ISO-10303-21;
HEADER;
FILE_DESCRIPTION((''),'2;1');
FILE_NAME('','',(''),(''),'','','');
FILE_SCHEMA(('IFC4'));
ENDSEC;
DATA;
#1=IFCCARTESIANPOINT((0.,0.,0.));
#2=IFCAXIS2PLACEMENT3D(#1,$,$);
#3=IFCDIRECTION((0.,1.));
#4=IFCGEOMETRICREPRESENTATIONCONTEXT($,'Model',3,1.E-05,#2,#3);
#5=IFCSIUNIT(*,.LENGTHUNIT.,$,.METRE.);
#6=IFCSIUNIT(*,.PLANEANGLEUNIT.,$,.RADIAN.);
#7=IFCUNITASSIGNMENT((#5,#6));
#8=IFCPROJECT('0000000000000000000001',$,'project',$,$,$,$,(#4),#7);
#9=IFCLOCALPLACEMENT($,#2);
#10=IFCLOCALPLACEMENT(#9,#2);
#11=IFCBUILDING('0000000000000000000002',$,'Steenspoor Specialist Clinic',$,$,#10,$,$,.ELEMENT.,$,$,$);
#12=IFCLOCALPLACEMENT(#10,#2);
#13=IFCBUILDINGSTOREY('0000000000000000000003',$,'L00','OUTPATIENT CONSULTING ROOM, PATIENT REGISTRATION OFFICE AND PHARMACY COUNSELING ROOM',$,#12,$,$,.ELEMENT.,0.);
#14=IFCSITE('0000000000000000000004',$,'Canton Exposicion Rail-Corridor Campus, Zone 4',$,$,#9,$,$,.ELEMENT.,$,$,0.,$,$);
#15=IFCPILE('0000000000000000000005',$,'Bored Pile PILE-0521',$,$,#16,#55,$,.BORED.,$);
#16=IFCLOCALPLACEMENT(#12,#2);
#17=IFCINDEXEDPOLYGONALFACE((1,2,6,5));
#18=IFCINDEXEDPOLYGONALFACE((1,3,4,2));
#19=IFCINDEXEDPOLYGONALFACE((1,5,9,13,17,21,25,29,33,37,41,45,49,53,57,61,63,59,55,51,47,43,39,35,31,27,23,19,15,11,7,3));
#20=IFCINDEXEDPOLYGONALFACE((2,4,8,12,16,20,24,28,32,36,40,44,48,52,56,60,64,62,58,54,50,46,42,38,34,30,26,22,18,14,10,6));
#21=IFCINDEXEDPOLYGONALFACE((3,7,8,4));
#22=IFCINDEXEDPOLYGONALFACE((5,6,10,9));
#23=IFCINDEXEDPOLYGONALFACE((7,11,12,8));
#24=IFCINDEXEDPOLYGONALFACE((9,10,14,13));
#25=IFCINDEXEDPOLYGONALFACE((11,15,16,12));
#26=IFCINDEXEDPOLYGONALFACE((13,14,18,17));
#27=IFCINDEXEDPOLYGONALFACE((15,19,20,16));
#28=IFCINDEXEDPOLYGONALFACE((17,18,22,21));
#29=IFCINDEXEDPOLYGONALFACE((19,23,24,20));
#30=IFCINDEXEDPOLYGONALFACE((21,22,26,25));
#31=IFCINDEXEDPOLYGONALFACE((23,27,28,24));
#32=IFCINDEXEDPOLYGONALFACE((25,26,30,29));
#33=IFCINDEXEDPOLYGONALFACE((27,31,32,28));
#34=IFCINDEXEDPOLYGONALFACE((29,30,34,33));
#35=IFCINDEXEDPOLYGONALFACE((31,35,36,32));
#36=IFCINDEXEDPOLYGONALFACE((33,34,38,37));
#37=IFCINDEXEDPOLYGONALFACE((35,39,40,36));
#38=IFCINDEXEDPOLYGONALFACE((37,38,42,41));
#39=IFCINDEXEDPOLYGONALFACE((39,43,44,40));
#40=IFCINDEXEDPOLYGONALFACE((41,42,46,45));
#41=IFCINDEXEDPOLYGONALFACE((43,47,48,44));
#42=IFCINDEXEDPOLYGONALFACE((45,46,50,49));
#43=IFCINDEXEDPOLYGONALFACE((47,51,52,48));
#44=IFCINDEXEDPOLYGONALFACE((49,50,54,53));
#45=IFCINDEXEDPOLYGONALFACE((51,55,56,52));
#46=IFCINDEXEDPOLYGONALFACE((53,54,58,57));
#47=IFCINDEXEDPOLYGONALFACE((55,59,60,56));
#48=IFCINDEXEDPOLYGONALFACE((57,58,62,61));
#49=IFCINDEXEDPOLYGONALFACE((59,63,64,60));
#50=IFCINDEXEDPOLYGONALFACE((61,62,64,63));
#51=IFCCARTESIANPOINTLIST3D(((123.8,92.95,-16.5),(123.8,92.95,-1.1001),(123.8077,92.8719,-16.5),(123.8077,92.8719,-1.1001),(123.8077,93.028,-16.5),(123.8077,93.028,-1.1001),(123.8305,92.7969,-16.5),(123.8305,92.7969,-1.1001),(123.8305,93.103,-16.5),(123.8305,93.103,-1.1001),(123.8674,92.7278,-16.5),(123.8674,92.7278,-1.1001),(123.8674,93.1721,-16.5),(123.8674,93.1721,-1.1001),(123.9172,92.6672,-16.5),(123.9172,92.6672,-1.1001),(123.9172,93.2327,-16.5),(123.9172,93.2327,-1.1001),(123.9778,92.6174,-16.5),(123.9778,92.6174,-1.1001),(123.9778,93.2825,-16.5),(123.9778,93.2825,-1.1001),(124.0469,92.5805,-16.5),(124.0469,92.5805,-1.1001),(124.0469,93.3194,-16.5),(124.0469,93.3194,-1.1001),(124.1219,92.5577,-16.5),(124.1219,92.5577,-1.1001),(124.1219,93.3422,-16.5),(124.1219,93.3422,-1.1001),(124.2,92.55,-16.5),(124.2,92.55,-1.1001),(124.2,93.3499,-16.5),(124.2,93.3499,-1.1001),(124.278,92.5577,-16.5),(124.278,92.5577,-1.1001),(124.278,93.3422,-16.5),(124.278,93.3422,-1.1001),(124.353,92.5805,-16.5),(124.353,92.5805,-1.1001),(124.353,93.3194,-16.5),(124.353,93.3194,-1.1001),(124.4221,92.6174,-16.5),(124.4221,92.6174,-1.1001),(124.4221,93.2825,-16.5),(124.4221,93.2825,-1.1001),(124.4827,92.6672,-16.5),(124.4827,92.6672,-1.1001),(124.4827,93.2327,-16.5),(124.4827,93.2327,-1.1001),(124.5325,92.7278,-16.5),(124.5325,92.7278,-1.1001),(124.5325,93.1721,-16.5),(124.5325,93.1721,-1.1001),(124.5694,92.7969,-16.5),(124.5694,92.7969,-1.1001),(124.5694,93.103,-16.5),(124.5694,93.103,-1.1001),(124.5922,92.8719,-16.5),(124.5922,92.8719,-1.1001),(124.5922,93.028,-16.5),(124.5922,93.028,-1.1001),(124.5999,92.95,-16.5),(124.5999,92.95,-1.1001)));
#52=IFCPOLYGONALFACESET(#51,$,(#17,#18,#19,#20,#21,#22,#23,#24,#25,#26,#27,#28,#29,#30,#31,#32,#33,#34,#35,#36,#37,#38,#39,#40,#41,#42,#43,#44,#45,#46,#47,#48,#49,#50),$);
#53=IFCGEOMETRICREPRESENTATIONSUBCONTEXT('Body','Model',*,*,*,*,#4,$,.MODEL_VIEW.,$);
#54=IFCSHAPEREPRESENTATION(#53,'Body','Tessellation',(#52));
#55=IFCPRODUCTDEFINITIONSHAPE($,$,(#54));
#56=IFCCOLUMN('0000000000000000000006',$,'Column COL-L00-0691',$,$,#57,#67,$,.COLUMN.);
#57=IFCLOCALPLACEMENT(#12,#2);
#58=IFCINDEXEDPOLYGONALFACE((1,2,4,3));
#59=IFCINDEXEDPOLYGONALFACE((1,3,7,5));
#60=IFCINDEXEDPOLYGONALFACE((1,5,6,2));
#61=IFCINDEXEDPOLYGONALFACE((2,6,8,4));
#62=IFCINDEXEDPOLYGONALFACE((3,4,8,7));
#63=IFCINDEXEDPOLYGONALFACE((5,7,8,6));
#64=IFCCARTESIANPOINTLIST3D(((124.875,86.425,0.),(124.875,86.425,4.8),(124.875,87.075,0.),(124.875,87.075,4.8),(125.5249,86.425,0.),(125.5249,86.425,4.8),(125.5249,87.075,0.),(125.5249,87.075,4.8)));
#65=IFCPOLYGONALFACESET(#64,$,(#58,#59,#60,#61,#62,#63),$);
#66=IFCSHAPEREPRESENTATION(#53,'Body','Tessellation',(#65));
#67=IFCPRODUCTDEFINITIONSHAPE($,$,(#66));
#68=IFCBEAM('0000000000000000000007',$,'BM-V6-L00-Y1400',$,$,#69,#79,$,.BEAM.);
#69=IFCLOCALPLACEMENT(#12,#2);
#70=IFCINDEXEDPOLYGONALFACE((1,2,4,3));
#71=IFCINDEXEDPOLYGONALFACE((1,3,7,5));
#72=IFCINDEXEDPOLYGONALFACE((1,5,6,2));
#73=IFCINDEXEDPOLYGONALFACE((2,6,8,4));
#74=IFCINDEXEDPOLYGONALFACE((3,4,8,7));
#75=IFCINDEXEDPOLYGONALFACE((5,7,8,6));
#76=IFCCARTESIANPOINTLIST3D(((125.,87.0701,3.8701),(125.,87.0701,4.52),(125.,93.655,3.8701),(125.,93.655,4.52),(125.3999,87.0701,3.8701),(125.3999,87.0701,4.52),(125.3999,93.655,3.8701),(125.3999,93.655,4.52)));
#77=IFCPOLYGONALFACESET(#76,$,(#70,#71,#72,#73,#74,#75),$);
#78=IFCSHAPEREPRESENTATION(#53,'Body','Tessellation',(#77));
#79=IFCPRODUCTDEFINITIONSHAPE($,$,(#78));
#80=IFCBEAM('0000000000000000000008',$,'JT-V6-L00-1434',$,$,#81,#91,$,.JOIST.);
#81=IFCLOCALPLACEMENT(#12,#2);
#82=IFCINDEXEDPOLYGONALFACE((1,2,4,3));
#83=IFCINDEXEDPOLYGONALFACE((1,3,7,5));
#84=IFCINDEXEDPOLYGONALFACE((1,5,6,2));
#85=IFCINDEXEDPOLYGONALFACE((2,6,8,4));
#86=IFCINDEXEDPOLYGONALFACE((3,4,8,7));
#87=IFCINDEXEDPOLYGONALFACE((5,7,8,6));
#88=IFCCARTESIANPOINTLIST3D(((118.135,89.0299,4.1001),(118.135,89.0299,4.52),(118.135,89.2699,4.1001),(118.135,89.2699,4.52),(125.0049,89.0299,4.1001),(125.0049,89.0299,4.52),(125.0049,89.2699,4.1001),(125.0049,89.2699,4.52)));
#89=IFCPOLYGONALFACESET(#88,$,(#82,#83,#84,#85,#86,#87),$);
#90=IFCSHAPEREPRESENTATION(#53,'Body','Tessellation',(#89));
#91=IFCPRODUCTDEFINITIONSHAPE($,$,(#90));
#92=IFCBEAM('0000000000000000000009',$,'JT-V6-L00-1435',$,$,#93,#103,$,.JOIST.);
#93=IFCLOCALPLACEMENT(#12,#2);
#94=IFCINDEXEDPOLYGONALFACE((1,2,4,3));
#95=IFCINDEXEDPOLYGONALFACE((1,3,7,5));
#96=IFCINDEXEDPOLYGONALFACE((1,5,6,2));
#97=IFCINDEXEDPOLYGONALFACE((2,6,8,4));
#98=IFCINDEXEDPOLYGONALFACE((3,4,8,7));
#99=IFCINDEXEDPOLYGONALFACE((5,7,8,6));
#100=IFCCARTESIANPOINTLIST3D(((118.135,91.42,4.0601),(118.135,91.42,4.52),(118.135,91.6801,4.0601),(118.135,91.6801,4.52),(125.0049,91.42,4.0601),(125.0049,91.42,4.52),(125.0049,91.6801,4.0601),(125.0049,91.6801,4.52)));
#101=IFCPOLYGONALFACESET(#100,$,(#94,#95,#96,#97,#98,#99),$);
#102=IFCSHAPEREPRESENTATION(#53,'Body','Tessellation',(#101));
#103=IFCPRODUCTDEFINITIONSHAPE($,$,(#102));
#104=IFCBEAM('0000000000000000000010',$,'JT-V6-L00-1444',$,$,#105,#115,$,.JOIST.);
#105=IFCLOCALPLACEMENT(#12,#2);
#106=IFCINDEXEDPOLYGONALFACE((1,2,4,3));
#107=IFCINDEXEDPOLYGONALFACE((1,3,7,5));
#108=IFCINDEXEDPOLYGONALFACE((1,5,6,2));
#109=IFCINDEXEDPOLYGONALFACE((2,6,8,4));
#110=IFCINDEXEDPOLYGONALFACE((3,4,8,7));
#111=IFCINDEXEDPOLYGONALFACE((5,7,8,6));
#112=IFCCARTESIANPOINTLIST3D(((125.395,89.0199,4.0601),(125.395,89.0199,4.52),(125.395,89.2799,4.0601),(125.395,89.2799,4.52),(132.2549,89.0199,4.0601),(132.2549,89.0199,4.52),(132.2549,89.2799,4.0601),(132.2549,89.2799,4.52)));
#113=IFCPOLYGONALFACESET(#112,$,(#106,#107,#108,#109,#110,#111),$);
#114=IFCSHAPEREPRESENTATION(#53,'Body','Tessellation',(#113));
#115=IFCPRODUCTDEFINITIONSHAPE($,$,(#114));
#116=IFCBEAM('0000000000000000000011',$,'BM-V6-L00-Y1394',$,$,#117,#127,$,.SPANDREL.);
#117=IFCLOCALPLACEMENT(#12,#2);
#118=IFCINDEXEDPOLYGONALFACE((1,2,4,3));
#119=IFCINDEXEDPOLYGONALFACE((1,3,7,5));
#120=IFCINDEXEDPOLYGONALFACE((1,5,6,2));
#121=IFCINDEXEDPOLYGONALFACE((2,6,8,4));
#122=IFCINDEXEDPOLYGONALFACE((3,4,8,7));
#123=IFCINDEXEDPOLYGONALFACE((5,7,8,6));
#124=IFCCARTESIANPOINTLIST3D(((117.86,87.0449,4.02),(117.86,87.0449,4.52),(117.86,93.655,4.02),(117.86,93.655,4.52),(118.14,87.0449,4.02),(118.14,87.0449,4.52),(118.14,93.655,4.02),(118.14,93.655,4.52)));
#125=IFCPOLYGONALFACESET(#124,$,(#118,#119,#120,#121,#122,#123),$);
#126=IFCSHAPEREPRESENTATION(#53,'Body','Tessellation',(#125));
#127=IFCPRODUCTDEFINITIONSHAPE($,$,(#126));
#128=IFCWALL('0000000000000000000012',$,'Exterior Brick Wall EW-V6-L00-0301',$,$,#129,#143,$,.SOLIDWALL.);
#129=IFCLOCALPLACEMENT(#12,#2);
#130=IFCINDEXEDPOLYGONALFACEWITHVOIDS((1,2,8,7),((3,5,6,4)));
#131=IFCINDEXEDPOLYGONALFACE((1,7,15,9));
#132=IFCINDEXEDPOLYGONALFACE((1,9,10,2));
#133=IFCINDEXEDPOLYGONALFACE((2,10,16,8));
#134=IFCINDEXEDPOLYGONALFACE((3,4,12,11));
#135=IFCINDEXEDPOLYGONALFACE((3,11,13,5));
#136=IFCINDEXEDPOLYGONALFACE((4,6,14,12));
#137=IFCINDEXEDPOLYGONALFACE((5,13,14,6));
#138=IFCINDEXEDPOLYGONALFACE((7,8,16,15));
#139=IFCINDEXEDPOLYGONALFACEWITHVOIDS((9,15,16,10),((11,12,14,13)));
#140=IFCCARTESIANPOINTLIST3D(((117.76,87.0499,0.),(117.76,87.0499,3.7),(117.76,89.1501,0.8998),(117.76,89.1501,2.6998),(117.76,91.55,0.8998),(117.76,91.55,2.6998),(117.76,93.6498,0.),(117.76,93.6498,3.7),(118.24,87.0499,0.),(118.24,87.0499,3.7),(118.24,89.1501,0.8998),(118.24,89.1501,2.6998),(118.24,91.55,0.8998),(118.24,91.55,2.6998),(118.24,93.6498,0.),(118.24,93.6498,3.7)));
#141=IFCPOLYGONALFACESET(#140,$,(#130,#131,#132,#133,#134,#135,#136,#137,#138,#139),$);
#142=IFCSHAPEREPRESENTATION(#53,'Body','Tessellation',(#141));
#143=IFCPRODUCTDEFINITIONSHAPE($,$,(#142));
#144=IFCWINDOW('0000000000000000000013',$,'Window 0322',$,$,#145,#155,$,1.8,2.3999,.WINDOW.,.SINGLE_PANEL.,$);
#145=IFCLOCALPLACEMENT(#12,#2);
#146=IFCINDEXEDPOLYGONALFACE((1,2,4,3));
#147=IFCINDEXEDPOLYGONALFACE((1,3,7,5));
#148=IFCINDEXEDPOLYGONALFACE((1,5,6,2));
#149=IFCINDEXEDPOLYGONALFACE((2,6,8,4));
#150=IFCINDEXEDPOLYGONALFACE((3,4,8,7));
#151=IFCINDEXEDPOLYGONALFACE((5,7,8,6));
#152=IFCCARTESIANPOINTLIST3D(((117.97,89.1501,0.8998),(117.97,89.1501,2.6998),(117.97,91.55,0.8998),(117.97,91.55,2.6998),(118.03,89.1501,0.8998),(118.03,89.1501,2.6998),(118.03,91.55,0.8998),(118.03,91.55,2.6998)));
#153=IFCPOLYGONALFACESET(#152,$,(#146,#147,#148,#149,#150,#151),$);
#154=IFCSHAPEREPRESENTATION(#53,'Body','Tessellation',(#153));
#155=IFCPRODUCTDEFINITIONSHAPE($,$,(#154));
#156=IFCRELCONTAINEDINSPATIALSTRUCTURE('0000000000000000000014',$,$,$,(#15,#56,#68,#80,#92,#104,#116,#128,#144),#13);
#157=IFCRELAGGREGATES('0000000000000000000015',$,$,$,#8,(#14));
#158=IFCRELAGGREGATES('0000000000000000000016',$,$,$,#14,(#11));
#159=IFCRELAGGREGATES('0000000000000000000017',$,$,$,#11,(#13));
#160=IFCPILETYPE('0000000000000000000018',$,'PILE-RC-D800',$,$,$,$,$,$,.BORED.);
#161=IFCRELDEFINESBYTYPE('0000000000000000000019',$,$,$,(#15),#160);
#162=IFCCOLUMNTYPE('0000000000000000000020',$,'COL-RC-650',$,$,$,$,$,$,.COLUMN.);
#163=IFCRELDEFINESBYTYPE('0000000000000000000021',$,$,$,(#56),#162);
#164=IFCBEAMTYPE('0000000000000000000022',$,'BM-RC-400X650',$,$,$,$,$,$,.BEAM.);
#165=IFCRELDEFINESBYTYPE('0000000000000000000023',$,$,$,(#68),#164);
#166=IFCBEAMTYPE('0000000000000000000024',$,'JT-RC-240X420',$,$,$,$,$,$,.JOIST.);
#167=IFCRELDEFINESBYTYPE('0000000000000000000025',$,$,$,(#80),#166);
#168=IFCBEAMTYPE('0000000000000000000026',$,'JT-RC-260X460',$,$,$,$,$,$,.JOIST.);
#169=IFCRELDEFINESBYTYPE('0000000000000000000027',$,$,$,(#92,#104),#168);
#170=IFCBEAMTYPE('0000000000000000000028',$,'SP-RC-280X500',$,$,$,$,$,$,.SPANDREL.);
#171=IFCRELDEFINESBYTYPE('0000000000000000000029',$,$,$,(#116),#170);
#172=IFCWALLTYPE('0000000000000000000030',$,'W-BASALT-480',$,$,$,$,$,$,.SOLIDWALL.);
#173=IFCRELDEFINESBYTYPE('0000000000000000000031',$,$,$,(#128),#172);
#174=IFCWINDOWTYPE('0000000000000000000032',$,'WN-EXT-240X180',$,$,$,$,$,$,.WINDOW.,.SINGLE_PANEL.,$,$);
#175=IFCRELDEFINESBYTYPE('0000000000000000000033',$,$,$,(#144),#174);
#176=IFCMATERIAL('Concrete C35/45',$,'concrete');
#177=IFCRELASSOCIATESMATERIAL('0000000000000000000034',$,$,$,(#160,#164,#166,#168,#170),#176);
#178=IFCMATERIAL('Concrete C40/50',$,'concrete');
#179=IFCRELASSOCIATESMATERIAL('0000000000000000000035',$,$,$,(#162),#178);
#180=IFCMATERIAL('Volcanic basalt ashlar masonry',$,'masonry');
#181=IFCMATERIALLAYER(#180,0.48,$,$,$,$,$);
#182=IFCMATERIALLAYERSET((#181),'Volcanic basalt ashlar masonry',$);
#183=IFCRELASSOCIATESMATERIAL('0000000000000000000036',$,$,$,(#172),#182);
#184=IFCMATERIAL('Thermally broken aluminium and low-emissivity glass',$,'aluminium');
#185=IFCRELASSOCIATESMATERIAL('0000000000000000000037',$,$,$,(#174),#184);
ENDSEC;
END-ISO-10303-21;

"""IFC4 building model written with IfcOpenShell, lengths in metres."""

from ifc_helpers import new_model, si_unit, direction, frame, frame_2d, origin, origin_2d, place, context, subcontext, project, spatial, rectangle, circle, extrude, material, layer, layer_set, material_profile, profile_set, type_object, element, fill, save


model = new_model("IFC4")

# Units and contexts
model_context = context("Model", 3, precision=1e-05, world=origin(), true_north=direction((0.0, 1.0)))
body_context = subcontext(model_context, "Body", "Model", "MODEL_VIEW")
ifc_project = project(units=[si_unit("LENGTHUNIT", "METRE"), si_unit("PLANEANGLEUNIT", "RADIAN")], contexts=[model_context])

# Site, building, storey
site_placement = place(None, origin())
site = spatial("IfcSite", under=ifc_project, at=site_placement, Name="Canton Exposicion Rail-Corridor Campus, Zone 4", CompositionType="ELEMENT", RefElevation=0.0)
building_placement = place(site_placement, origin())
building = spatial("IfcBuilding", under=site, at=building_placement, Name="Steenspoor Specialist Clinic", CompositionType="ELEMENT")
storey_placement = place(building_placement, origin())
storey = spatial("IfcBuildingStorey", under=building, at=storey_placement, Name="L00", Description="OUTPATIENT CONSULTING ROOM, PATIENT REGISTRATION OFFICE AND PHARMACY COUNSELING ROOM", CompositionType="ELEMENT", Elevation=0.0)

# Shared definitions
ifc_material_1 = material(Name="Concrete C35/45", Category="concrete")

# Pile
ifc_material_profile_1 = material_profile(ifc_material_1, circle(Radius=0.3999, at=origin_2d()), Name="PILE-D800")
ifc_profile_set_1 = profile_set([ifc_material_profile_1], Name="Concrete C35/45")
pile_type_1 = type_object("IfcPileType", Name="PILE-RC-D800", PredefinedType="BORED", material=ifc_profile_set_1)
pile_1_placement = place(storey_placement, frame((124.2, 92.95, -1.1001), z_axis=(0.0, 0.0, -1.0), x_axis=(1.0, 0.0, 0.0)))
element("IfcPile", 1, at=pile_1_placement, inside=storey, type_object=pile_type_1, Name="Bored Pile PILE-0521", PredefinedType="BORED", context=body_context, shape_type="SweptSolid", body=[
    extrude(circle(Radius=0.3999, at=origin_2d()), origin(), (0.0, 0.0, 1.0), 15.3999),
])

# Column
ifc_material_2 = material(Name="Concrete C40/50", Category="concrete")
ifc_material_profile_2 = material_profile(ifc_material_2, rectangle(XDim=0.6499, YDim=0.6499, at=origin_2d()), Name="RC-COL-650X650")
ifc_profile_set_2 = profile_set([ifc_material_profile_2], Name="Concrete C40/50")
column_type = type_object("IfcColumnType", Name="COL-RC-650", PredefinedType="COLUMN", material=ifc_profile_set_2)
column_placement = place(storey_placement, frame((125.2, 86.75, 0.0), z_axis=(0.0, 0.0, 1.0), x_axis=(1.0, 0.0, 0.0)))
element("IfcColumn", 2, at=column_placement, inside=storey, type_object=column_type, Name="Column COL-L00-0691", PredefinedType="COLUMN", context=body_context, shape_type="SweptSolid", body=[
    extrude(rectangle(XDim=0.6499, YDim=0.6499, at=origin_2d()), origin(), (0.0, 0.0, 1.0), 4.8),
])

# Beams
ifc_material_profile_3 = material_profile(ifc_material_1, rectangle(XDim=0.3999, YDim=0.6499, at=origin_2d()), Name="RC-BM-400X650")
ifc_profile_set_3 = profile_set([ifc_material_profile_3], Name="Concrete C35/45")
beam_type_1 = type_object("IfcBeamType", Name="BM-RC-400X650", PredefinedType="BEAM", material=ifc_profile_set_3)
beam_1_placement = place(storey_placement, frame((125.2, 87.0701, 4.1951), z_axis=(0.0, 1.0, 0.0), x_axis=(-1.0, 0.0, 0.0)))
element("IfcBeam", 3, at=beam_1_placement, inside=storey, type_object=beam_type_1, Name="BM-V6-L00-Y1400", PredefinedType="BEAM", context=body_context, shape_type="SweptSolid", body=[
    extrude(rectangle(XDim=0.3999, YDim=0.6499, at=origin_2d()), origin(), (0.0, 0.0, 1.0), 6.585),
])
ifc_material_profile_4 = material_profile(ifc_material_1, rectangle(XDim=0.24, YDim=0.4199, at=origin_2d()), Name="RC-JT-240X420")
ifc_profile_set_4 = profile_set([ifc_material_profile_4], Name="Concrete C35/45")
beam_type_2 = type_object("IfcBeamType", Name="JT-RC-240X420", PredefinedType="JOIST", material=ifc_profile_set_4)
beam_2_placement = place(storey_placement, frame((118.135, 89.1499, 4.3101), z_axis=(1.0, 0.0, 0.0), x_axis=(0.0, 1.0, 0.0)))
element("IfcBeam", 4, at=beam_2_placement, inside=storey, type_object=beam_type_2, Name="JT-V6-L00-1434", PredefinedType="JOIST", context=body_context, shape_type="SweptSolid", body=[
    extrude(rectangle(XDim=0.24, YDim=0.4199, at=origin_2d()), origin(), (0.0, 0.0, 1.0), 6.8699),
])
ifc_material_profile_5 = material_profile(ifc_material_1, rectangle(XDim=0.26, YDim=0.46, at=origin_2d()), Name="RC-JT-260X460")
ifc_profile_set_5 = profile_set([ifc_material_profile_5], Name="Concrete C35/45")
beam_type_3 = type_object("IfcBeamType", Name="JT-RC-260X460", PredefinedType="JOIST", material=ifc_profile_set_5)
beam_3_placement = place(storey_placement, frame((118.135, 91.55, 4.29), z_axis=(1.0, 0.0, 0.0), x_axis=(0.0, 1.0, 0.0)))
element("IfcBeam", 5, at=beam_3_placement, inside=storey, type_object=beam_type_3, Name="JT-V6-L00-1435", PredefinedType="JOIST", context=body_context, shape_type="SweptSolid", body=[
    extrude(rectangle(XDim=0.26, YDim=0.46, at=origin_2d()), origin(), (0.0, 0.0, 1.0), 6.8699),
])
beam_4_placement = place(storey_placement, frame((125.395, 89.1499, 4.29), z_axis=(1.0, 0.0, 0.0), x_axis=(0.0, 1.0, 0.0)))
element("IfcBeam", 6, at=beam_4_placement, inside=storey, type_object=beam_type_3, Name="JT-V6-L00-1444", PredefinedType="JOIST", context=body_context, shape_type="SweptSolid", body=[
    extrude(rectangle(XDim=0.26, YDim=0.46, at=origin_2d()), origin(), (0.0, 0.0, 1.0), 6.8599),
])
ifc_material_profile_6 = material_profile(ifc_material_1, rectangle(XDim=0.28, YDim=0.5, at=origin_2d()), Name="RC-SP-280X500")
ifc_profile_set_6 = profile_set([ifc_material_profile_6], Name="Concrete C35/45")
beam_type_4 = type_object("IfcBeamType", Name="SP-RC-280X500", PredefinedType="SPANDREL", material=ifc_profile_set_6)
beam_5_placement = place(storey_placement, frame((118.0, 87.0449, 4.27), z_axis=(0.0, 1.0, 0.0), x_axis=(-1.0, 0.0, 0.0)))
element("IfcBeam", 7, at=beam_5_placement, inside=storey, type_object=beam_type_4, Name="BM-V6-L00-Y1394", PredefinedType="SPANDREL", context=body_context, shape_type="SweptSolid", body=[
    extrude(rectangle(XDim=0.28, YDim=0.5, at=origin_2d()), origin(), (0.0, 0.0, 1.0), 6.6101),
])

# Wall, opening, window
ifc_material_3 = material(Name="Volcanic basalt ashlar masonry", Category="masonry")
ifc_layer_1 = layer(ifc_material_3, 0.48)
ifc_layer_set_1 = layer_set([ifc_layer_1], Name="Volcanic basalt ashlar masonry")
wall_type_1 = type_object("IfcWallType", Name="W-BASALT-480", PredefinedType="SOLIDWALL", material=ifc_layer_set_1)
wall_1_placement = place(storey_placement, frame((118.0, 87.05, 0.0), z_axis=(0.0, 0.0, 1.0), x_axis=(0.0, 1.0, 0.0)))
wall_1 = element("IfcWall", 8, at=wall_1_placement, inside=storey, type_object=wall_type_1, Name="Exterior Brick Wall EW-V6-L00-0301", PredefinedType="SOLIDWALL", context=body_context, shape_type="SweptSolid", body=[
    extrude(rectangle(XDim=6.5999, YDim=0.48, at=frame_2d((3.2998, 0.0))), origin(), (0.0, 0.0, 1.0), 3.7),
])
opening_1_placement = place(wall_1_placement, frame((2.1001, 0.0, 0.8999)))
opening_1 = element("IfcOpeningElement", 9, at=opening_1_placement, cuts=wall_1, PredefinedType="OPENING", context=body_context, shape_type="SweptSolid", body=[
    extrude(rectangle(XDim=2.3999, YDim=1.8, at=frame_2d((1.2, 0.8999))), frame((0.0, 0.25, 0.0), z_axis=(0.0, -1.0, 0.0), x_axis=(1.0, 0.0, 0.0)), (0.0, 0.0, 1.0), 0.5),
])
ifc_material_4 = material(Name="Thermally broken aluminium and low-emissivity glass", Category="aluminium")
window_type_1 = type_object("IfcWindowType", Name="WN-EXT-240X180", PartitioningType="SINGLE_PANEL", PredefinedType="WINDOW", material=ifc_material_4)
window_1_placement = place(opening_1_placement, origin())
window_1 = element("IfcWindow", 10, at=window_1_placement, inside=storey, type_object=window_type_1, Name="Window 0322", OverallHeight=1.8, OverallWidth=2.3999, PartitioningType="SINGLE_PANEL", PredefinedType="WINDOW", context=body_context, shape_type="SweptSolid", body=[
    extrude(rectangle(XDim=2.3999, YDim=1.8, at=frame_2d((1.2, 0.8999))), frame((0.0, 0.03, 0.0), z_axis=(0.0, -1.0, 0.0), x_axis=(1.0, 0.0, 0.0)), (0.0, 0.0, 1.0), 0.0601),
])
fill(opening_1, window_1)

save(model, "model.ifc")
